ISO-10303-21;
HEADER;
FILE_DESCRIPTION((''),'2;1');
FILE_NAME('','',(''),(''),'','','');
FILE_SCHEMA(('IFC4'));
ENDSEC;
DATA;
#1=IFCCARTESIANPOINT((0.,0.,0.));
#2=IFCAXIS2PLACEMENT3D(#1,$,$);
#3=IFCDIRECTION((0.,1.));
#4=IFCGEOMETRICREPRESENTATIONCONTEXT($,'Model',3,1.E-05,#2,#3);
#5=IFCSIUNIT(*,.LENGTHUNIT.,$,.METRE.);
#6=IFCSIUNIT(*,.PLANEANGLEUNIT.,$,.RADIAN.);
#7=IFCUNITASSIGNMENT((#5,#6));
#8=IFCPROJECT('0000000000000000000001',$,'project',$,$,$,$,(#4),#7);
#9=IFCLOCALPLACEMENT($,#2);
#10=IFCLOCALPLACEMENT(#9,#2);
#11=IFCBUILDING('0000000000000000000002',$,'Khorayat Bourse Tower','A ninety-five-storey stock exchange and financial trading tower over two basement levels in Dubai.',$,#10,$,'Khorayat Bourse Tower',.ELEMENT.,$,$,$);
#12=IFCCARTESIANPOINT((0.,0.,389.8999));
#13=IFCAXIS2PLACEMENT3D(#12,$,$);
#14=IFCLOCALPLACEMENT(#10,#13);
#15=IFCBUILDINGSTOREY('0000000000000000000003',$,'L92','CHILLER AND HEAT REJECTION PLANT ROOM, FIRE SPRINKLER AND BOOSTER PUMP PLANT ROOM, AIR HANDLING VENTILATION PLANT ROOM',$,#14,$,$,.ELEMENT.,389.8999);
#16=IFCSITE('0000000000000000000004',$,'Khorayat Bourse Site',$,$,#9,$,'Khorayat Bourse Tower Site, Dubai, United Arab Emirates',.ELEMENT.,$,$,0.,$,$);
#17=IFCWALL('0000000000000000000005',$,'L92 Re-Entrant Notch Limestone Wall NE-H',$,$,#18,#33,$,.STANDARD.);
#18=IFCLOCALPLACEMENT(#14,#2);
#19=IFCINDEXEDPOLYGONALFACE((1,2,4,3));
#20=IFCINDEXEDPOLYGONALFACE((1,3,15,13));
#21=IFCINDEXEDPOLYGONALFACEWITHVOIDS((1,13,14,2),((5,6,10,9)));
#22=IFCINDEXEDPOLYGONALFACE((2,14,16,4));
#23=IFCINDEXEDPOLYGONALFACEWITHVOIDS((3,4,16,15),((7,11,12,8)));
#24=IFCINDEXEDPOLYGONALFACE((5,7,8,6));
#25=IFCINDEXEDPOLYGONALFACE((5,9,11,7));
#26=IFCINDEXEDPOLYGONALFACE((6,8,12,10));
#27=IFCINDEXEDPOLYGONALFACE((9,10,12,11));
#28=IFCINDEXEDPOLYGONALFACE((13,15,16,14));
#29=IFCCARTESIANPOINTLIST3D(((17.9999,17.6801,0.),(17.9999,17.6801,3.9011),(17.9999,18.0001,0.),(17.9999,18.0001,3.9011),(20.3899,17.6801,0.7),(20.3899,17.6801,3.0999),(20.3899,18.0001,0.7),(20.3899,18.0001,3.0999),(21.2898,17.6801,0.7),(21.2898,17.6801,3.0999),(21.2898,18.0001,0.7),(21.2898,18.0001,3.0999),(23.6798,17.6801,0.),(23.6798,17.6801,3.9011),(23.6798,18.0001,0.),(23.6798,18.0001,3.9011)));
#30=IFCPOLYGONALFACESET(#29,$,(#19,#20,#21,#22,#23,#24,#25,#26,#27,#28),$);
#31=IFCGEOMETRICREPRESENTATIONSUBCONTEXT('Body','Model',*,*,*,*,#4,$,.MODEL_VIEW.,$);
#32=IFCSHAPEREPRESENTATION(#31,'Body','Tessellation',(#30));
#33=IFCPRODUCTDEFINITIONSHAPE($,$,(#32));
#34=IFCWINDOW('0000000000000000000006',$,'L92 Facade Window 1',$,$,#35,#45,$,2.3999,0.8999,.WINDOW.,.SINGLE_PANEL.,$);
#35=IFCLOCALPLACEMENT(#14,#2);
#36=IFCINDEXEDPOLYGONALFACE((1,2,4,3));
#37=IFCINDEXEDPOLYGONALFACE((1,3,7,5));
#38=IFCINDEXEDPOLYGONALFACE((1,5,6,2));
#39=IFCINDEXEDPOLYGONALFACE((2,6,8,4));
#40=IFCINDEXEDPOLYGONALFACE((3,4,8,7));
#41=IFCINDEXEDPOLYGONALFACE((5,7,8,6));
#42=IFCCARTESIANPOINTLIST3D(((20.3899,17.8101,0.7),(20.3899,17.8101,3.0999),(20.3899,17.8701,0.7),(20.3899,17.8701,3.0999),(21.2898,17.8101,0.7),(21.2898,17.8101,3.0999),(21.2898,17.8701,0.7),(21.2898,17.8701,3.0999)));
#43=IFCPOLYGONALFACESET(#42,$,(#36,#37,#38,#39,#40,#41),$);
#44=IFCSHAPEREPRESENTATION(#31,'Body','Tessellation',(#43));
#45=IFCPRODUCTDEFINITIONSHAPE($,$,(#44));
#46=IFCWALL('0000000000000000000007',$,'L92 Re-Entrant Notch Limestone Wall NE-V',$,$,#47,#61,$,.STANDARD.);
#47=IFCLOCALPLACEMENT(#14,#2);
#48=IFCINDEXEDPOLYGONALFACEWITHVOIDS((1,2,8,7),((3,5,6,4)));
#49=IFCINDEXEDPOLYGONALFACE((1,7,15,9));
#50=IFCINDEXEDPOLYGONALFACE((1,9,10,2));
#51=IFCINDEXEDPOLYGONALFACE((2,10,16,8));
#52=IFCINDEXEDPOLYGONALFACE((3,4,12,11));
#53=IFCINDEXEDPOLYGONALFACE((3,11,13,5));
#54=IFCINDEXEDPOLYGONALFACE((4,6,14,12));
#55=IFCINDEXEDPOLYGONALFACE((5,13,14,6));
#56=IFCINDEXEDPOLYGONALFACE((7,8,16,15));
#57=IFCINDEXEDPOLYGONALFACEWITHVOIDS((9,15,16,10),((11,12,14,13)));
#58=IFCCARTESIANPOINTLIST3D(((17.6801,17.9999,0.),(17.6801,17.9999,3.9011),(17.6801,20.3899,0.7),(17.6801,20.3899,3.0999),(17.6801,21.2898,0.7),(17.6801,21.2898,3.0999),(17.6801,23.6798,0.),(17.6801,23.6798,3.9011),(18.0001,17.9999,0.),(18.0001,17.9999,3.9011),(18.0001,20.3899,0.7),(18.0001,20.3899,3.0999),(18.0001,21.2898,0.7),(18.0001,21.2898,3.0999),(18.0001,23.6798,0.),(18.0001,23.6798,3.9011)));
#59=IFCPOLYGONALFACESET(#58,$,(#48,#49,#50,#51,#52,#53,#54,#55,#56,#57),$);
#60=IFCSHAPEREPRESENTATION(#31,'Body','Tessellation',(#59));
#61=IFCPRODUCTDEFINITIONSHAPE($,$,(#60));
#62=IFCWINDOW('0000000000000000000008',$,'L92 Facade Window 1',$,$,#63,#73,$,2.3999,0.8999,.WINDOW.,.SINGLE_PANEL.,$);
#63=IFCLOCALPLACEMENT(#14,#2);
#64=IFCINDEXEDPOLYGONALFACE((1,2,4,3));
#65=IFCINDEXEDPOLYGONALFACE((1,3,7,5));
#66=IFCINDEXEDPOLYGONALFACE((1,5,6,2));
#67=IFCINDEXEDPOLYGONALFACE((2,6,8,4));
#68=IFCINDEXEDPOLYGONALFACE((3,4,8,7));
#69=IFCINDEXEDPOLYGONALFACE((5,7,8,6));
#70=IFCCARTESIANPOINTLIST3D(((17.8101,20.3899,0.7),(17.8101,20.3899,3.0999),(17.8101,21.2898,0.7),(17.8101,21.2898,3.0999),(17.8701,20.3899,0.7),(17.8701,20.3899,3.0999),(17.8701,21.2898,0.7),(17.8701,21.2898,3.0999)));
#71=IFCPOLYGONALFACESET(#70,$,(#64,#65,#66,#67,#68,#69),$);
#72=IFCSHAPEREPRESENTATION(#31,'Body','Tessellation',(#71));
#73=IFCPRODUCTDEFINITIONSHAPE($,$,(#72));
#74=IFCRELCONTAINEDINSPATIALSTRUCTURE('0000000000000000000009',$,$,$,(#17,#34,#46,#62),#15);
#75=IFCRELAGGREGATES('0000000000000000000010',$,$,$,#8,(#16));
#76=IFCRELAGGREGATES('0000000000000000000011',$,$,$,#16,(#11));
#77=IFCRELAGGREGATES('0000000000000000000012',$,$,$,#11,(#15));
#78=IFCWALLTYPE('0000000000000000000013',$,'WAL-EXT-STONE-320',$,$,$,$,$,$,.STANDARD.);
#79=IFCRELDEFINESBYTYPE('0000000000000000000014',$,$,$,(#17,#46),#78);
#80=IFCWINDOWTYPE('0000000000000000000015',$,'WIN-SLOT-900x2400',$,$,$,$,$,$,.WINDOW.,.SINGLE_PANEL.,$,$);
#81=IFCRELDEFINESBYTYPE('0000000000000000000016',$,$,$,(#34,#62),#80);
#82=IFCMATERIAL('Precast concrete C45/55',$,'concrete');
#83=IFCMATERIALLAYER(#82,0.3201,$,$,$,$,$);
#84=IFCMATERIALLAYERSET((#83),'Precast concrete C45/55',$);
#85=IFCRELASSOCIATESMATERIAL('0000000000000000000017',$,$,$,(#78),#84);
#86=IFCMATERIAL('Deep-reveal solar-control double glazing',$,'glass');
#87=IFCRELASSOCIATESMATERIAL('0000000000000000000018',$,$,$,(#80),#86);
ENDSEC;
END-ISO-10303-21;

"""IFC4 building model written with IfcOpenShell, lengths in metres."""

from ifc_helpers import new_model, si_unit, direction, frame, frame_2d, origin, place, context, subcontext, project, spatial, rectangle, extrude, source, transform, mapped, material, layer, layer_set, type_object, element, fill, save


model = new_model("IFC4")

# Units and contexts
model_context = context("Model", 3, precision=1e-05, world=origin(), true_north=direction((0.0, 1.0)))
body_context = subcontext(model_context, "Body", "Model", "MODEL_VIEW")
ifc_project = project(units=[si_unit("LENGTHUNIT", "METRE"), si_unit("PLANEANGLEUNIT", "RADIAN")], contexts=[model_context])

# Site, building, storey
site_placement = place(None, origin())
site = spatial("IfcSite", under=ifc_project, at=site_placement, Name="Khorayat Bourse Site", LongName="Khorayat Bourse Tower Site, Dubai, United Arab Emirates", CompositionType="ELEMENT", RefElevation=0.0)
building_placement = place(site_placement, origin())
building = spatial("IfcBuilding", under=site, at=building_placement, Name="Khorayat Bourse Tower", Description="A ninety-five-storey stock exchange and financial trading tower over two basement levels in Dubai.", LongName="Khorayat Bourse Tower", CompositionType="ELEMENT")
storey_placement = place(building_placement, frame((0.0, 0.0, 389.8999)))
storey = spatial("IfcBuildingStorey", under=building, at=storey_placement, Name="L92", Description="CHILLER AND HEAT REJECTION PLANT ROOM, FIRE SPRINKLER AND BOOSTER PUMP PLANT ROOM, AIR HANDLING VENTILATION PLANT ROOM", CompositionType="ELEMENT", Elevation=389.8999)

# Walls, openings, windows
ifc_material_1 = material(Name="Precast concrete C45/55", Category="concrete")
ifc_layer_1 = layer(ifc_material_1, 0.3201)
ifc_layer_set_1 = layer_set([ifc_layer_1], Name="Precast concrete C45/55")
wall_type = type_object("IfcWallType", Name="WAL-EXT-STONE-320", PredefinedType="STANDARD", material=ifc_layer_set_1)
shared_shape_1 = source(origin(), body_context, "Body", "SweptSolid", [
    extrude(rectangle(XDim=5.6799, YDim=0.3201, at=frame_2d((2.8398, 0.0))), origin(), (0.0, 0.0, 1.0), 3.9011),
])
wall_1_placement = place(storey_placement, frame((18.0, 17.8401, 0.0), z_axis=(0.0, 0.0, 1.0), x_axis=(1.0, 0.0, 0.0)))
wall_1 = element("IfcWall", 1, at=wall_1_placement, inside=storey, type_object=wall_type, Name="L92 Re-Entrant Notch Limestone Wall NE-H", PredefinedType="STANDARD", context=body_context, shape_type="MappedRepresentation", body=[
    mapped(shared_shape_1, transform((0.0, 0.0, 0.0), scale=1.0)),
])
shared_shape_2 = source(origin(), body_context, "Body", "SweptSolid", [
    extrude(rectangle(XDim=0.8999, YDim=2.3999, at=frame_2d((0.45, 1.2))), frame((0.0, 0.1699, 0.0), z_axis=(0.0, -1.0, 0.0), x_axis=(1.0, 0.0, 0.0)), (0.0, 0.0, 1.0), 0.3401),
])
opening_1_placement = place(wall_1_placement, frame((2.3899, 0.0, 0.7)))
opening_1 = element("IfcOpeningElement", 2, at=opening_1_placement, cuts=wall_1, PredefinedType="OPENING", context=body_context, shape_type="MappedRepresentation", body=[
    mapped(shared_shape_2, transform((0.0, 0.0, 0.0), scale=1.0)),
])
ifc_material_2 = material(Name="Deep-reveal solar-control double glazing", Category="glass")
window_type = type_object("IfcWindowType", Name="WIN-SLOT-900x2400", PartitioningType="SINGLE_PANEL", PredefinedType="WINDOW", material=ifc_material_2)
shared_shape_3 = source(origin(), body_context, "Body", "SweptSolid", [
    extrude(rectangle(XDim=0.8999, YDim=2.3999, at=frame_2d((0.45, 1.2))), frame((0.0, 0.03, 0.0), z_axis=(0.0, -1.0, 0.0), x_axis=(1.0, 0.0, 0.0)), (0.0, 0.0, 1.0), 0.0601),
])
window_1_placement = place(opening_1_placement, origin())
window_1 = element("IfcWindow", 3, at=window_1_placement, inside=storey, type_object=window_type, Name="L92 Facade Window 1", OverallHeight=2.3999, OverallWidth=0.8999, PartitioningType="SINGLE_PANEL", PredefinedType="WINDOW", context=body_context, shape_type="MappedRepresentation", body=[
    mapped(shared_shape_3, transform((0.0, 0.0, 0.0), scale=1.0)),
])
fill(opening_1, window_1)
wall_2_placement = place(storey_placement, frame((17.8401, 18.0, 0.0), z_axis=(0.0, 0.0, 1.0), x_axis=(0.0, 1.0, 0.0)))
wall_2 = element("IfcWall", 4, at=wall_2_placement, inside=storey, type_object=wall_type, Name="L92 Re-Entrant Notch Limestone Wall NE-V", PredefinedType="STANDARD", context=body_context, shape_type="MappedRepresentation", body=[
    mapped(shared_shape_1, transform((0.0, 0.0, 0.0), scale=1.0)),
])
opening_2_placement = place(wall_2_placement, frame((2.3899, 0.0, 0.7)))
opening_2 = element("IfcOpeningElement", 5, at=opening_2_placement, cuts=wall_2, PredefinedType="OPENING", context=body_context, shape_type="MappedRepresentation", body=[
    mapped(shared_shape_2, transform((0.0, 0.0, 0.0), scale=1.0)),
])
window_2_placement = place(opening_2_placement, origin())
window_2 = element("IfcWindow", 6, at=window_2_placement, inside=storey, type_object=window_type, Name="L92 Facade Window 1", OverallHeight=2.3999, OverallWidth=0.8999, PartitioningType="SINGLE_PANEL", PredefinedType="WINDOW", context=body_context, shape_type="MappedRepresentation", body=[
    mapped(shared_shape_3, transform((0.0, 0.0, 0.0), scale=1.0)),
])
fill(opening_2, window_2)

save(model, "model.ifc")
